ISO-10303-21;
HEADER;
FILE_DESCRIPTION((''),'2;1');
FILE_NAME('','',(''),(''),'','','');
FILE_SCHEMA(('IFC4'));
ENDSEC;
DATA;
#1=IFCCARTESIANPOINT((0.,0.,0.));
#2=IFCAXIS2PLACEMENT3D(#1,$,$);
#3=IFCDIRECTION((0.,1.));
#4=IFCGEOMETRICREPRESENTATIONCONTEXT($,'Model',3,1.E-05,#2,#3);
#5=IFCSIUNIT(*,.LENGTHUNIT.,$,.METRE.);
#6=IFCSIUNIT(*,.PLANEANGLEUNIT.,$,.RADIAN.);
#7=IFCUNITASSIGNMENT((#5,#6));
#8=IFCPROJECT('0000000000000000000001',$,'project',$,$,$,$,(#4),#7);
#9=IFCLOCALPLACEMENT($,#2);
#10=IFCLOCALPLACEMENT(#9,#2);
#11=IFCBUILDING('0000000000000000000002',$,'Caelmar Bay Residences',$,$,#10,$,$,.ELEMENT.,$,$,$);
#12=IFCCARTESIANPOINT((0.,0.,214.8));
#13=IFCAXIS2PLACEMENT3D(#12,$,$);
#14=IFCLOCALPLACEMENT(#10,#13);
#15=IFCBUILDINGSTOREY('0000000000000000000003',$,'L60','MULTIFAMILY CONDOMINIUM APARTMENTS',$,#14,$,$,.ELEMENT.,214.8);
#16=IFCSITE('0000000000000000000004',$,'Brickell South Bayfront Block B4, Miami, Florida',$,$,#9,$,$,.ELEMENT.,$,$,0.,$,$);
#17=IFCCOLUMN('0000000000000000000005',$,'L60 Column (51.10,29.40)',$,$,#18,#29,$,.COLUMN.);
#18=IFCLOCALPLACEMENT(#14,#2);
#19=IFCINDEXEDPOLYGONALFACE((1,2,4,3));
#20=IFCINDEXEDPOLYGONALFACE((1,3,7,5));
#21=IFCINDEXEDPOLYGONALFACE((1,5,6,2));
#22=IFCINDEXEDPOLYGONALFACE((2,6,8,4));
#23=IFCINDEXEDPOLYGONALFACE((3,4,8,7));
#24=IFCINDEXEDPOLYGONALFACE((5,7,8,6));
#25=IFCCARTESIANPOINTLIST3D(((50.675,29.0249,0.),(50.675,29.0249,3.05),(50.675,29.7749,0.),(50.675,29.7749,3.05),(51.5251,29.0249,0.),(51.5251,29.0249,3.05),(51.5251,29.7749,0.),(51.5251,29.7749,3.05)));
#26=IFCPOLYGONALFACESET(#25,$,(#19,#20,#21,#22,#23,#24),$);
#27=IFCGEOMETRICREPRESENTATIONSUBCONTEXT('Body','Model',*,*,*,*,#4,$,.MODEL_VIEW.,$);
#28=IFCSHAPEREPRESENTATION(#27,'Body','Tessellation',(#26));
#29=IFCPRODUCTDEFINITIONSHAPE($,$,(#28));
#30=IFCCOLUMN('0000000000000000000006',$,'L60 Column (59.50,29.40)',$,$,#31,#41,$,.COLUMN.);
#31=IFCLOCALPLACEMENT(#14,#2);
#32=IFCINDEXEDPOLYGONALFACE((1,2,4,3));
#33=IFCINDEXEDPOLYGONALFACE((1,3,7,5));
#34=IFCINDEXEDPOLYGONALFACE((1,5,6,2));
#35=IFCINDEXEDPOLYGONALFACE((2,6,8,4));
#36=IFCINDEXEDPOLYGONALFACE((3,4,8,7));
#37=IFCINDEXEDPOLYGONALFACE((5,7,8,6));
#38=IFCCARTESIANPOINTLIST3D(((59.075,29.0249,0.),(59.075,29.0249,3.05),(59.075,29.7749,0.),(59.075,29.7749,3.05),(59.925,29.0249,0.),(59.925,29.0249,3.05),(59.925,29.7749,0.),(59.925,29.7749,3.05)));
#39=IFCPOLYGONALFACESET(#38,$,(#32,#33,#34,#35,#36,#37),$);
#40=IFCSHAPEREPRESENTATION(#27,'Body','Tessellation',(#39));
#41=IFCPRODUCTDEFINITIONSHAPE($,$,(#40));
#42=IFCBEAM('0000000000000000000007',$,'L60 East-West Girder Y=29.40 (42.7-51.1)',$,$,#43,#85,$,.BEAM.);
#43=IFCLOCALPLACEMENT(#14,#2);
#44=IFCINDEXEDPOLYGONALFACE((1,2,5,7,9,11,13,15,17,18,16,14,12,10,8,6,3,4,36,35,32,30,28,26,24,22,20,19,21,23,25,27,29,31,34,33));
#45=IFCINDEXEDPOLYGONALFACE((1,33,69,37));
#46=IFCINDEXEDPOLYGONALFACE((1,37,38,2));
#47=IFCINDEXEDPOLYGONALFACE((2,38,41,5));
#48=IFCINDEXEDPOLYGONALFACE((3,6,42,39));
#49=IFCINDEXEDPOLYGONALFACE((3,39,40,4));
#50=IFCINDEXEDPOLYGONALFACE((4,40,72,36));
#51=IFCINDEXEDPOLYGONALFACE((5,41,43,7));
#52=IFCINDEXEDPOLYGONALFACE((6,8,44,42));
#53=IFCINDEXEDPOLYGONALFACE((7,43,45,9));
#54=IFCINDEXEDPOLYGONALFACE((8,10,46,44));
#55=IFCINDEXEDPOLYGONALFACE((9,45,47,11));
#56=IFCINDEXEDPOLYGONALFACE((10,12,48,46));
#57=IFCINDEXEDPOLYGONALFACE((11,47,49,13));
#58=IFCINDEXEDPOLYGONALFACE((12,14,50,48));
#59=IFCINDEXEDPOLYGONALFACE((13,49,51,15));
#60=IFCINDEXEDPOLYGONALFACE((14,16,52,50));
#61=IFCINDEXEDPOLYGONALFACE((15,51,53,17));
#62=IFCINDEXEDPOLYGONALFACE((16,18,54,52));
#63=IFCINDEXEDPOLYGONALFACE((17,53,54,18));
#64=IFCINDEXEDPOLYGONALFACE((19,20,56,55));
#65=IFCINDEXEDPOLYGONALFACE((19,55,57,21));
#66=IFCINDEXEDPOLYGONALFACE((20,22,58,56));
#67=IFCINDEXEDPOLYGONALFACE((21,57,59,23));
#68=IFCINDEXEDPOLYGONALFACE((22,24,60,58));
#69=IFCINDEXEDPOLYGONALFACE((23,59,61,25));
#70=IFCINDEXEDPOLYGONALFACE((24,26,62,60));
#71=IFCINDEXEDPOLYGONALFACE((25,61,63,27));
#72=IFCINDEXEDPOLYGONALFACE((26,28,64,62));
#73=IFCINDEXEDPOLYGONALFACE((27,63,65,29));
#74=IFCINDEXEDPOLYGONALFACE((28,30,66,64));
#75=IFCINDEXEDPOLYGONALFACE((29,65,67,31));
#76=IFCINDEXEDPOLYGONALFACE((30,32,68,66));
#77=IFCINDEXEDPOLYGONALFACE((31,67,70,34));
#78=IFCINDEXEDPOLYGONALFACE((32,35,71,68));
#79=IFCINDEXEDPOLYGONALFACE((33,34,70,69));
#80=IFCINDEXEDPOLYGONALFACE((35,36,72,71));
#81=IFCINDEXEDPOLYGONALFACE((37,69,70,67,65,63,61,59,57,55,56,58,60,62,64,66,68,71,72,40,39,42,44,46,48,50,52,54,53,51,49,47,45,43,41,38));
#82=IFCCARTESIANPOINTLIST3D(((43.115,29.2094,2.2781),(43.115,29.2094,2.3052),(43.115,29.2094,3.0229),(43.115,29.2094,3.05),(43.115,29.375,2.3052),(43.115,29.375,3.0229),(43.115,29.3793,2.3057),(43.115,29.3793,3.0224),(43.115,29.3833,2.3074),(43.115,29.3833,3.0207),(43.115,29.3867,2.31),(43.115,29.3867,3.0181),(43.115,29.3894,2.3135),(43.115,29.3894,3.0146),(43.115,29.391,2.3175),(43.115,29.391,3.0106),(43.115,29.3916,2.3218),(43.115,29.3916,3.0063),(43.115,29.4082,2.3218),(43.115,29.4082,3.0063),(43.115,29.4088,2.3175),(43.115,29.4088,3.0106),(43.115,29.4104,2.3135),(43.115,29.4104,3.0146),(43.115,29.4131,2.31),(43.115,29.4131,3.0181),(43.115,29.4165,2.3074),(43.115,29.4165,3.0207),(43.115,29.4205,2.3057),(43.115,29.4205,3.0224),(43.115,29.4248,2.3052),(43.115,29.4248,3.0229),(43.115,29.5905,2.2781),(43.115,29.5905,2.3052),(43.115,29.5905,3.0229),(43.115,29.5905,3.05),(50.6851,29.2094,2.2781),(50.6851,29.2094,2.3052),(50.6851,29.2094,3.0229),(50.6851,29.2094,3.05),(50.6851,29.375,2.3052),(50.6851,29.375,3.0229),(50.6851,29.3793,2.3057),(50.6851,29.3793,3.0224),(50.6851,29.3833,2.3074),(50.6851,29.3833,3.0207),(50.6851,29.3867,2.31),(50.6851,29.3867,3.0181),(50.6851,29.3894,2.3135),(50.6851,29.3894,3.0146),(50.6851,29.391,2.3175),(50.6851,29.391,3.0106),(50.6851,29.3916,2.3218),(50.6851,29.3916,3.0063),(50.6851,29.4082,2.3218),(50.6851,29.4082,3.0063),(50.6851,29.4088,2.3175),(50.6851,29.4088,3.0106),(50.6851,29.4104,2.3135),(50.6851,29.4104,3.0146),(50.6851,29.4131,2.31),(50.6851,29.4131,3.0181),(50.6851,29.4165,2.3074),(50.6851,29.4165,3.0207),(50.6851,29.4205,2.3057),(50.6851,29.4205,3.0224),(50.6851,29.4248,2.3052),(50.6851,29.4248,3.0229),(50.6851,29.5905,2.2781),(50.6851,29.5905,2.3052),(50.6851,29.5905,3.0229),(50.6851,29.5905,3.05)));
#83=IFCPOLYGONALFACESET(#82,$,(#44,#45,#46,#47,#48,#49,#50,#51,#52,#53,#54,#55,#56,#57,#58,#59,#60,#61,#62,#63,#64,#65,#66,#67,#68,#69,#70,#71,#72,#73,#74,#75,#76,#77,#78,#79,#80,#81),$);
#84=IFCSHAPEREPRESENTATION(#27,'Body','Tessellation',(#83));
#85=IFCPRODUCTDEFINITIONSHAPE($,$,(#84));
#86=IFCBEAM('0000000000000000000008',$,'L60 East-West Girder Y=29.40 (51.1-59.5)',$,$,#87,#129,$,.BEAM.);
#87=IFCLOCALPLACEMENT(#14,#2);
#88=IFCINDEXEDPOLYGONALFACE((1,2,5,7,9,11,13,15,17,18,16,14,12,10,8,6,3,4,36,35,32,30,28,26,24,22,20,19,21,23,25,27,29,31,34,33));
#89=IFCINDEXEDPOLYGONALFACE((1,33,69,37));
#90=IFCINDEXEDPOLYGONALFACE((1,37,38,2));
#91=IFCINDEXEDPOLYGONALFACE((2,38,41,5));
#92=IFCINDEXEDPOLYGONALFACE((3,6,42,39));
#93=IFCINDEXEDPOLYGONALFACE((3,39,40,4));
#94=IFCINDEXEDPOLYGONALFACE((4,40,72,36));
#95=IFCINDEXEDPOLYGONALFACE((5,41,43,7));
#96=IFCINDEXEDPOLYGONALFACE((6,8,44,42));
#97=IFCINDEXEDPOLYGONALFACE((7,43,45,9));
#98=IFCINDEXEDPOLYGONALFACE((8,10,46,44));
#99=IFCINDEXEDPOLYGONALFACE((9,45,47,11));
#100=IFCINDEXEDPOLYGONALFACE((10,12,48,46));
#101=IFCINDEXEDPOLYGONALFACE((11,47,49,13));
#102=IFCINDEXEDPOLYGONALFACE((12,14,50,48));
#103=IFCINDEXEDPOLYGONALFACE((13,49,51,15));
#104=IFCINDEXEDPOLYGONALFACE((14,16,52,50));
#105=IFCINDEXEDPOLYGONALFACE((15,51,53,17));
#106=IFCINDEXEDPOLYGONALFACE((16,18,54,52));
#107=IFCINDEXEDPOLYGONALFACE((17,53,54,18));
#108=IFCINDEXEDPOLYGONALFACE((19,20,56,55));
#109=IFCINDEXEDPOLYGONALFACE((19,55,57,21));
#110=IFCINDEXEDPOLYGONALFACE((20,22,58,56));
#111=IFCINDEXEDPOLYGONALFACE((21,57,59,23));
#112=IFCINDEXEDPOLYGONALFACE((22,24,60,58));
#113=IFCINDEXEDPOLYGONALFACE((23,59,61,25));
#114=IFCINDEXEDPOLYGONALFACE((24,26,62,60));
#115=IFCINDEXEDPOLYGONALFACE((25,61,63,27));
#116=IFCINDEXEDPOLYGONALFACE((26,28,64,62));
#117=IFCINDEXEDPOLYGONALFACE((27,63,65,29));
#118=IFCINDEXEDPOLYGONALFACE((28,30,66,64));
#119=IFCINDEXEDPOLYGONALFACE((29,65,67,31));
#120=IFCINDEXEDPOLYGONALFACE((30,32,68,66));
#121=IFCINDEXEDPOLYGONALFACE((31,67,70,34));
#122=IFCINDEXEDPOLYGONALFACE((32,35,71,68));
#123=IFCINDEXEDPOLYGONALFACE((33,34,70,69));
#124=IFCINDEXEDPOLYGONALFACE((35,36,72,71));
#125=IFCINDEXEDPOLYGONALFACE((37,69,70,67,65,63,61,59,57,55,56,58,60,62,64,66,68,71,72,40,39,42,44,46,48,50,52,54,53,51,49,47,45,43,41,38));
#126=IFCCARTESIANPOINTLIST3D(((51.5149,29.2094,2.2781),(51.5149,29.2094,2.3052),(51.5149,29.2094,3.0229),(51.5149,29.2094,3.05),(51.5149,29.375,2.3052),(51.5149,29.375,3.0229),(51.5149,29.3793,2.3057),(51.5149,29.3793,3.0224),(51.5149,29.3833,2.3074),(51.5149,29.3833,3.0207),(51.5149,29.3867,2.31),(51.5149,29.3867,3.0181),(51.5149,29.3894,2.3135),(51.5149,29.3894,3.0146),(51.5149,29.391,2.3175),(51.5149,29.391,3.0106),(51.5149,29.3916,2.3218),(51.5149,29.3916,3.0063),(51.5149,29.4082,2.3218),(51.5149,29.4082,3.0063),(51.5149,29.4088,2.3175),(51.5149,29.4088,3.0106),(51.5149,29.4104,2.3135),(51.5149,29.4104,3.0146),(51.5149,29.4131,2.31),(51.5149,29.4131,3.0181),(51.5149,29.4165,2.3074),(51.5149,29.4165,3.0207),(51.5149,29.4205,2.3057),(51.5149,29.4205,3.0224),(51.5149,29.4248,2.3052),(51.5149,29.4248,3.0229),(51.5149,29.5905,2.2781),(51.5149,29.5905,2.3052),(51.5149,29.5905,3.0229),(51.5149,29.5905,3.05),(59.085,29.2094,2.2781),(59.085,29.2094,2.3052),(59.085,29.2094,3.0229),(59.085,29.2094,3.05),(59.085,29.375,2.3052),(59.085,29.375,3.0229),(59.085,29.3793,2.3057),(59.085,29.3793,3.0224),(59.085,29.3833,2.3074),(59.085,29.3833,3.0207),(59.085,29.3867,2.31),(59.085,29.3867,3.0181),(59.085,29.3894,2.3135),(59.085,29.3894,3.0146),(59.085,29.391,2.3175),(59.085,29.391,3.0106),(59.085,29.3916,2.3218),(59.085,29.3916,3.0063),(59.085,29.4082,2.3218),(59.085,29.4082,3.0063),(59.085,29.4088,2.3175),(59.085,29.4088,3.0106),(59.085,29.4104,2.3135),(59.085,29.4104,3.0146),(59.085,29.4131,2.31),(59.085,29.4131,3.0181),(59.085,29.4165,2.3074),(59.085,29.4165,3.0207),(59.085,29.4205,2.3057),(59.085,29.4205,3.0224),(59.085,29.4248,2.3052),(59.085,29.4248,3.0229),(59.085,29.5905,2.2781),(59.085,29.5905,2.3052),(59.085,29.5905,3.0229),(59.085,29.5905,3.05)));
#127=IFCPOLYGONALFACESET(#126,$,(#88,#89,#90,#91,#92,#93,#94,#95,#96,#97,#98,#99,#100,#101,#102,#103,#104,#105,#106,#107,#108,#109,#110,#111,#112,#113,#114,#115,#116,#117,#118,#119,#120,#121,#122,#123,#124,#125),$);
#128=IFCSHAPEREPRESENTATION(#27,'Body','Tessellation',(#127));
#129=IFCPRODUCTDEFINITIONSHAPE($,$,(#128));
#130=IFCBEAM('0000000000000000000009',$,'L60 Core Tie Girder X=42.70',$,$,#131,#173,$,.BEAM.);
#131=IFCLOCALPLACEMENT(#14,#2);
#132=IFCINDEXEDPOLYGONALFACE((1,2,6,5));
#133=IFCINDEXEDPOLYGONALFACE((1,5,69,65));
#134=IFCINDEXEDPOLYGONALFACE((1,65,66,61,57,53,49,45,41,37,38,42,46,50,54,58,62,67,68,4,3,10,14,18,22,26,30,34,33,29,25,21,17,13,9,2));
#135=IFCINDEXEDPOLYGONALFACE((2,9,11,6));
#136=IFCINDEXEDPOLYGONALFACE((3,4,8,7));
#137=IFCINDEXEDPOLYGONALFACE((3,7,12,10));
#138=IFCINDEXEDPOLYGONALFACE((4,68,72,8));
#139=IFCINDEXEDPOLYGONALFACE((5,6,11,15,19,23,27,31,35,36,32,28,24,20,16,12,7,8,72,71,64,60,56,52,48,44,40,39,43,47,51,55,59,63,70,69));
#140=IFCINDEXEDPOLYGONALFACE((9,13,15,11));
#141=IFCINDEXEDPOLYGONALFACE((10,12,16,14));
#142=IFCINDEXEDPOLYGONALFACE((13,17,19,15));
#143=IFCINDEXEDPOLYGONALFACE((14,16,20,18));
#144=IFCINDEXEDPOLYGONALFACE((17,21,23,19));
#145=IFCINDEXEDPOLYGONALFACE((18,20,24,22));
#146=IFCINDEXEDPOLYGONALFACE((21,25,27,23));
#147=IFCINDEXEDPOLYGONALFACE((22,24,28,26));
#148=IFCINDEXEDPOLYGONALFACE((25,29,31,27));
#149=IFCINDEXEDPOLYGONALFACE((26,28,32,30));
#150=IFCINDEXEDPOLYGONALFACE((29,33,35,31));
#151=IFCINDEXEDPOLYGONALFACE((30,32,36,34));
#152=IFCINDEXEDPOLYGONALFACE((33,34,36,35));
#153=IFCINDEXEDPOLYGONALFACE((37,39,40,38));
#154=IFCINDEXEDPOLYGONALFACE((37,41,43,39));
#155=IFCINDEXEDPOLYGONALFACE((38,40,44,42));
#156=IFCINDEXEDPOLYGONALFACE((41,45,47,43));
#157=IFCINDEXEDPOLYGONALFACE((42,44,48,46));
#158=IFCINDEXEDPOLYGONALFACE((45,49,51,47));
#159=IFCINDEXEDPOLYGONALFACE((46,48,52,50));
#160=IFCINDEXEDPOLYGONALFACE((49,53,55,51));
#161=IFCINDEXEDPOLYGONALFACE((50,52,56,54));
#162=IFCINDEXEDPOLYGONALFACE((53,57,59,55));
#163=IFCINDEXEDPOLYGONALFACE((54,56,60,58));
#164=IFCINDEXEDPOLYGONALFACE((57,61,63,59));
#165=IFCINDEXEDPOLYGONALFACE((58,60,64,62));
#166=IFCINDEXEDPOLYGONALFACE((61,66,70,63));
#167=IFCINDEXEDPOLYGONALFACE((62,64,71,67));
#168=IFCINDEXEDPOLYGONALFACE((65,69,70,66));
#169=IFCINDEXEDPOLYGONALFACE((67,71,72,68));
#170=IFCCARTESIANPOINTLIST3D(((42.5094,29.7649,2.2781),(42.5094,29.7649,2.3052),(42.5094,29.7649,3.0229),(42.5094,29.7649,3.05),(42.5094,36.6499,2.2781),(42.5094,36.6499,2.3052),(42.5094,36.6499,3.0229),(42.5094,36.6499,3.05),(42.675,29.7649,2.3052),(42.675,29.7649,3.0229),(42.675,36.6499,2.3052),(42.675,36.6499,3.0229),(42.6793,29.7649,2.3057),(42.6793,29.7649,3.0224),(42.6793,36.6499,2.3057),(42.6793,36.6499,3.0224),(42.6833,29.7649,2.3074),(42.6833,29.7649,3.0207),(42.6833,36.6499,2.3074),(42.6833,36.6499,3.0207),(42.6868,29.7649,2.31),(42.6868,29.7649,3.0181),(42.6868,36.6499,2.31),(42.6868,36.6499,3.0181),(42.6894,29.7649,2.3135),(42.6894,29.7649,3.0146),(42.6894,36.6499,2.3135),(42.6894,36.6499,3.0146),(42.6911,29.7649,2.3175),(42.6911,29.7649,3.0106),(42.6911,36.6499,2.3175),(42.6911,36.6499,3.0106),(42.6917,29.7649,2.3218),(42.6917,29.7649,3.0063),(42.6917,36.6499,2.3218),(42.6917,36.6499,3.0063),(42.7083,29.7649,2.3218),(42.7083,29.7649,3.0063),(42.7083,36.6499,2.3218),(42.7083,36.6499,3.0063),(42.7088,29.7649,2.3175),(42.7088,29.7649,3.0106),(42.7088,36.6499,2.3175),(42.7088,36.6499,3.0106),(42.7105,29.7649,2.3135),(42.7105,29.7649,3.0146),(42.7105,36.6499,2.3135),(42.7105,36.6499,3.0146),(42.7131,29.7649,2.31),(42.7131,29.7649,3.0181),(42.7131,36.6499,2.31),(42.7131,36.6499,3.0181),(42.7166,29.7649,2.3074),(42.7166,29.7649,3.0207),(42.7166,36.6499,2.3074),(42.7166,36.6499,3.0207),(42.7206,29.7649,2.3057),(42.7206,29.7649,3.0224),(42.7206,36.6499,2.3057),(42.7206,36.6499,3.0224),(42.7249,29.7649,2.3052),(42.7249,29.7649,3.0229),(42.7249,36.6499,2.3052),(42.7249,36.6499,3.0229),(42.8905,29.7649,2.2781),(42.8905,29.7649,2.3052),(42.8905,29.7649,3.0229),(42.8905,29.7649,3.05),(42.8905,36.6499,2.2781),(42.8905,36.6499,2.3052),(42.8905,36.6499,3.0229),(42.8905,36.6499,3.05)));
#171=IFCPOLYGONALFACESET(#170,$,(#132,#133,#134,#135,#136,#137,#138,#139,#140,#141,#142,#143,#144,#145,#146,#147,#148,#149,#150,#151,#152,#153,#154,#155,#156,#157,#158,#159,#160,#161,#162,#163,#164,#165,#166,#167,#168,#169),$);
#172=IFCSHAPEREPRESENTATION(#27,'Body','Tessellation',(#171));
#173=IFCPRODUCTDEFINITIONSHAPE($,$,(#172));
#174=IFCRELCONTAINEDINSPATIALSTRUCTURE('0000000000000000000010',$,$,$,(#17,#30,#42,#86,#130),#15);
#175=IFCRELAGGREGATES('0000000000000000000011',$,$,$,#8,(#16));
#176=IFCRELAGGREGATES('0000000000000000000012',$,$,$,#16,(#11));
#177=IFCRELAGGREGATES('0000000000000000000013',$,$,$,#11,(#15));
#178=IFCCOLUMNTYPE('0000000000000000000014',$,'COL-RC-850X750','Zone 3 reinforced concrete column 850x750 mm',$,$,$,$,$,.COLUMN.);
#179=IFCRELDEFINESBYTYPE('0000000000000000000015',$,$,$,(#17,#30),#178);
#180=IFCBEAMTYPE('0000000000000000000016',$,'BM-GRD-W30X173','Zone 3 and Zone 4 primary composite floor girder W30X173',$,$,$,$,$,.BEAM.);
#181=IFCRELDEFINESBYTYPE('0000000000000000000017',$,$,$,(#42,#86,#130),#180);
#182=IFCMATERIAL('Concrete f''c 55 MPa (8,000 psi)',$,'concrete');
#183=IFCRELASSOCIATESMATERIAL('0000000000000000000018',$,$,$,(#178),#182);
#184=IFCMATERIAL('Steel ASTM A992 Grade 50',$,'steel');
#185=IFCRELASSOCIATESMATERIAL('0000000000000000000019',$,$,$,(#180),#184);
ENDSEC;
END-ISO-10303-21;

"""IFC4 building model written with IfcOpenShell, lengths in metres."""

from ifc_helpers import new_model, si_unit, direction, frame, origin, origin_2d, place, context, subcontext, project, spatial, rectangle, i_section, extrude, material, material_profile, profile_set, type_object, element, save


model = new_model("IFC4")

# Units and contexts
model_context = context("Model", 3, precision=1e-05, world=origin(), true_north=direction((0.0, 1.0)))
body_context = subcontext(model_context, "Body", "Model", "MODEL_VIEW")
ifc_project = project(units=[si_unit("LENGTHUNIT", "METRE"), si_unit("PLANEANGLEUNIT", "RADIAN")], contexts=[model_context])

# Site, building, storey
site_placement = place(None, origin())
site = spatial("IfcSite", under=ifc_project, at=site_placement, Name="Brickell South Bayfront Block B4, Miami, Florida", CompositionType="ELEMENT", RefElevation=0.0)
building_placement = place(site_placement, origin())
building = spatial("IfcBuilding", under=site, at=building_placement, Name="Caelmar Bay Residences", CompositionType="ELEMENT")
storey_placement = place(building_placement, frame((0.0, 0.0, 214.8)))
storey = spatial("IfcBuildingStorey", under=building, at=storey_placement, Name="L60", Description="MULTIFAMILY CONDOMINIUM APARTMENTS", CompositionType="ELEMENT", Elevation=214.8)

# Columns
ifc_material_1 = material(Name="Concrete f'c 55 MPa (8,000 psi)", Category="concrete")
ifc_material_profile_1 = material_profile(ifc_material_1, rectangle(XDim=0.8501, YDim=0.75, at=origin_2d()), Name="RC-COL-850X750")
ifc_profile_set_1 = profile_set([ifc_material_profile_1], Name="Concrete f'c 55 MPa (8,000 psi)")
column_type = type_object("IfcColumnType", Name="COL-RC-850X750", Description="Zone 3 reinforced concrete column 850x750 mm", PredefinedType="COLUMN", material=ifc_profile_set_1)
for number, where, z_axis, x_axis, name in (
    (1, (51.1001, 29.3999, 0.0), (0.0, 0.0, 1.0), (1.0, 0.0, 0.0), "L60 Column (51.10,29.40)"),
    (2, (59.5, 29.3999, 0.0), (0.0, 0.0, 1.0), (1.0, 0.0, 0.0), "L60 Column (59.50,29.40)"),
):
    element("IfcColumn", number, at=place(storey_placement, frame(where, z_axis=z_axis, x_axis=x_axis)), inside=storey, type_object=column_type, Name=name, PredefinedType="COLUMN", context=body_context, shape_type="SweptSolid", body=[
        extrude(rectangle(XDim=0.8501, YDim=0.75, at=origin_2d()), origin(), (0.0, 0.0, 1.0), 3.05),
    ])

# Beams
ifc_material_2 = material(Name="Steel ASTM A992 Grade 50", Category="steel")
ifc_material_profile_2 = material_profile(ifc_material_2, i_section(OverallWidth=0.3811, OverallDepth=0.772, WebThickness=0.0166, FlangeThickness=0.0271, FilletRadius=0.0166, at=origin_2d()), Name="W30X173")
ifc_profile_set_2 = profile_set([ifc_material_profile_2], Name="Steel ASTM A992 Grade 50")
beam_type_1 = type_object("IfcBeamType", Name="BM-GRD-W30X173", Description="Zone 3 and Zone 4 primary composite floor girder W30X173", PredefinedType="BEAM", material=ifc_profile_set_2)
for number, where, z_axis, x_axis, name in (
    (3, (43.115, 29.3999, 2.6641), (1.0, 0.0, 0.0), (0.0, 1.0, 0.0), "L60 East-West Girder Y=29.40 (42.7-51.1)"),
    (4, (51.5149, 29.3999, 2.6641), (1.0, 0.0, 0.0), (0.0, 1.0, 0.0), "L60 East-West Girder Y=29.40 (51.1-59.5)"),
):
    element("IfcBeam", number, at=place(storey_placement, frame(where, z_axis=z_axis, x_axis=x_axis)), inside=storey, type_object=beam_type_1, Name=name, PredefinedType="BEAM", context=body_context, shape_type="SweptSolid", body=[
        extrude(i_section(OverallWidth=0.3811, OverallDepth=0.772, WebThickness=0.0166, FlangeThickness=0.0271, FilletRadius=0.0166, at=origin_2d()), origin(), (0.0, 0.0, 1.0), 7.5701),
    ])
beam_1_placement = place(storey_placement, frame((42.7, 29.7649, 2.6641), z_axis=(0.0, 1.0, 0.0), x_axis=(-1.0, 0.0, 0.0)))
element("IfcBeam", 5, at=beam_1_placement, inside=storey, type_object=beam_type_1, Name="L60 Core Tie Girder X=42.70", PredefinedType="BEAM", context=body_context, shape_type="SweptSolid", body=[
    extrude(i_section(OverallWidth=0.3811, OverallDepth=0.772, WebThickness=0.0166, FlangeThickness=0.0271, FilletRadius=0.0166, at=origin_2d()), origin(), (0.0, 0.0, 1.0), 6.885),
])

save(model, "model.ifc")
